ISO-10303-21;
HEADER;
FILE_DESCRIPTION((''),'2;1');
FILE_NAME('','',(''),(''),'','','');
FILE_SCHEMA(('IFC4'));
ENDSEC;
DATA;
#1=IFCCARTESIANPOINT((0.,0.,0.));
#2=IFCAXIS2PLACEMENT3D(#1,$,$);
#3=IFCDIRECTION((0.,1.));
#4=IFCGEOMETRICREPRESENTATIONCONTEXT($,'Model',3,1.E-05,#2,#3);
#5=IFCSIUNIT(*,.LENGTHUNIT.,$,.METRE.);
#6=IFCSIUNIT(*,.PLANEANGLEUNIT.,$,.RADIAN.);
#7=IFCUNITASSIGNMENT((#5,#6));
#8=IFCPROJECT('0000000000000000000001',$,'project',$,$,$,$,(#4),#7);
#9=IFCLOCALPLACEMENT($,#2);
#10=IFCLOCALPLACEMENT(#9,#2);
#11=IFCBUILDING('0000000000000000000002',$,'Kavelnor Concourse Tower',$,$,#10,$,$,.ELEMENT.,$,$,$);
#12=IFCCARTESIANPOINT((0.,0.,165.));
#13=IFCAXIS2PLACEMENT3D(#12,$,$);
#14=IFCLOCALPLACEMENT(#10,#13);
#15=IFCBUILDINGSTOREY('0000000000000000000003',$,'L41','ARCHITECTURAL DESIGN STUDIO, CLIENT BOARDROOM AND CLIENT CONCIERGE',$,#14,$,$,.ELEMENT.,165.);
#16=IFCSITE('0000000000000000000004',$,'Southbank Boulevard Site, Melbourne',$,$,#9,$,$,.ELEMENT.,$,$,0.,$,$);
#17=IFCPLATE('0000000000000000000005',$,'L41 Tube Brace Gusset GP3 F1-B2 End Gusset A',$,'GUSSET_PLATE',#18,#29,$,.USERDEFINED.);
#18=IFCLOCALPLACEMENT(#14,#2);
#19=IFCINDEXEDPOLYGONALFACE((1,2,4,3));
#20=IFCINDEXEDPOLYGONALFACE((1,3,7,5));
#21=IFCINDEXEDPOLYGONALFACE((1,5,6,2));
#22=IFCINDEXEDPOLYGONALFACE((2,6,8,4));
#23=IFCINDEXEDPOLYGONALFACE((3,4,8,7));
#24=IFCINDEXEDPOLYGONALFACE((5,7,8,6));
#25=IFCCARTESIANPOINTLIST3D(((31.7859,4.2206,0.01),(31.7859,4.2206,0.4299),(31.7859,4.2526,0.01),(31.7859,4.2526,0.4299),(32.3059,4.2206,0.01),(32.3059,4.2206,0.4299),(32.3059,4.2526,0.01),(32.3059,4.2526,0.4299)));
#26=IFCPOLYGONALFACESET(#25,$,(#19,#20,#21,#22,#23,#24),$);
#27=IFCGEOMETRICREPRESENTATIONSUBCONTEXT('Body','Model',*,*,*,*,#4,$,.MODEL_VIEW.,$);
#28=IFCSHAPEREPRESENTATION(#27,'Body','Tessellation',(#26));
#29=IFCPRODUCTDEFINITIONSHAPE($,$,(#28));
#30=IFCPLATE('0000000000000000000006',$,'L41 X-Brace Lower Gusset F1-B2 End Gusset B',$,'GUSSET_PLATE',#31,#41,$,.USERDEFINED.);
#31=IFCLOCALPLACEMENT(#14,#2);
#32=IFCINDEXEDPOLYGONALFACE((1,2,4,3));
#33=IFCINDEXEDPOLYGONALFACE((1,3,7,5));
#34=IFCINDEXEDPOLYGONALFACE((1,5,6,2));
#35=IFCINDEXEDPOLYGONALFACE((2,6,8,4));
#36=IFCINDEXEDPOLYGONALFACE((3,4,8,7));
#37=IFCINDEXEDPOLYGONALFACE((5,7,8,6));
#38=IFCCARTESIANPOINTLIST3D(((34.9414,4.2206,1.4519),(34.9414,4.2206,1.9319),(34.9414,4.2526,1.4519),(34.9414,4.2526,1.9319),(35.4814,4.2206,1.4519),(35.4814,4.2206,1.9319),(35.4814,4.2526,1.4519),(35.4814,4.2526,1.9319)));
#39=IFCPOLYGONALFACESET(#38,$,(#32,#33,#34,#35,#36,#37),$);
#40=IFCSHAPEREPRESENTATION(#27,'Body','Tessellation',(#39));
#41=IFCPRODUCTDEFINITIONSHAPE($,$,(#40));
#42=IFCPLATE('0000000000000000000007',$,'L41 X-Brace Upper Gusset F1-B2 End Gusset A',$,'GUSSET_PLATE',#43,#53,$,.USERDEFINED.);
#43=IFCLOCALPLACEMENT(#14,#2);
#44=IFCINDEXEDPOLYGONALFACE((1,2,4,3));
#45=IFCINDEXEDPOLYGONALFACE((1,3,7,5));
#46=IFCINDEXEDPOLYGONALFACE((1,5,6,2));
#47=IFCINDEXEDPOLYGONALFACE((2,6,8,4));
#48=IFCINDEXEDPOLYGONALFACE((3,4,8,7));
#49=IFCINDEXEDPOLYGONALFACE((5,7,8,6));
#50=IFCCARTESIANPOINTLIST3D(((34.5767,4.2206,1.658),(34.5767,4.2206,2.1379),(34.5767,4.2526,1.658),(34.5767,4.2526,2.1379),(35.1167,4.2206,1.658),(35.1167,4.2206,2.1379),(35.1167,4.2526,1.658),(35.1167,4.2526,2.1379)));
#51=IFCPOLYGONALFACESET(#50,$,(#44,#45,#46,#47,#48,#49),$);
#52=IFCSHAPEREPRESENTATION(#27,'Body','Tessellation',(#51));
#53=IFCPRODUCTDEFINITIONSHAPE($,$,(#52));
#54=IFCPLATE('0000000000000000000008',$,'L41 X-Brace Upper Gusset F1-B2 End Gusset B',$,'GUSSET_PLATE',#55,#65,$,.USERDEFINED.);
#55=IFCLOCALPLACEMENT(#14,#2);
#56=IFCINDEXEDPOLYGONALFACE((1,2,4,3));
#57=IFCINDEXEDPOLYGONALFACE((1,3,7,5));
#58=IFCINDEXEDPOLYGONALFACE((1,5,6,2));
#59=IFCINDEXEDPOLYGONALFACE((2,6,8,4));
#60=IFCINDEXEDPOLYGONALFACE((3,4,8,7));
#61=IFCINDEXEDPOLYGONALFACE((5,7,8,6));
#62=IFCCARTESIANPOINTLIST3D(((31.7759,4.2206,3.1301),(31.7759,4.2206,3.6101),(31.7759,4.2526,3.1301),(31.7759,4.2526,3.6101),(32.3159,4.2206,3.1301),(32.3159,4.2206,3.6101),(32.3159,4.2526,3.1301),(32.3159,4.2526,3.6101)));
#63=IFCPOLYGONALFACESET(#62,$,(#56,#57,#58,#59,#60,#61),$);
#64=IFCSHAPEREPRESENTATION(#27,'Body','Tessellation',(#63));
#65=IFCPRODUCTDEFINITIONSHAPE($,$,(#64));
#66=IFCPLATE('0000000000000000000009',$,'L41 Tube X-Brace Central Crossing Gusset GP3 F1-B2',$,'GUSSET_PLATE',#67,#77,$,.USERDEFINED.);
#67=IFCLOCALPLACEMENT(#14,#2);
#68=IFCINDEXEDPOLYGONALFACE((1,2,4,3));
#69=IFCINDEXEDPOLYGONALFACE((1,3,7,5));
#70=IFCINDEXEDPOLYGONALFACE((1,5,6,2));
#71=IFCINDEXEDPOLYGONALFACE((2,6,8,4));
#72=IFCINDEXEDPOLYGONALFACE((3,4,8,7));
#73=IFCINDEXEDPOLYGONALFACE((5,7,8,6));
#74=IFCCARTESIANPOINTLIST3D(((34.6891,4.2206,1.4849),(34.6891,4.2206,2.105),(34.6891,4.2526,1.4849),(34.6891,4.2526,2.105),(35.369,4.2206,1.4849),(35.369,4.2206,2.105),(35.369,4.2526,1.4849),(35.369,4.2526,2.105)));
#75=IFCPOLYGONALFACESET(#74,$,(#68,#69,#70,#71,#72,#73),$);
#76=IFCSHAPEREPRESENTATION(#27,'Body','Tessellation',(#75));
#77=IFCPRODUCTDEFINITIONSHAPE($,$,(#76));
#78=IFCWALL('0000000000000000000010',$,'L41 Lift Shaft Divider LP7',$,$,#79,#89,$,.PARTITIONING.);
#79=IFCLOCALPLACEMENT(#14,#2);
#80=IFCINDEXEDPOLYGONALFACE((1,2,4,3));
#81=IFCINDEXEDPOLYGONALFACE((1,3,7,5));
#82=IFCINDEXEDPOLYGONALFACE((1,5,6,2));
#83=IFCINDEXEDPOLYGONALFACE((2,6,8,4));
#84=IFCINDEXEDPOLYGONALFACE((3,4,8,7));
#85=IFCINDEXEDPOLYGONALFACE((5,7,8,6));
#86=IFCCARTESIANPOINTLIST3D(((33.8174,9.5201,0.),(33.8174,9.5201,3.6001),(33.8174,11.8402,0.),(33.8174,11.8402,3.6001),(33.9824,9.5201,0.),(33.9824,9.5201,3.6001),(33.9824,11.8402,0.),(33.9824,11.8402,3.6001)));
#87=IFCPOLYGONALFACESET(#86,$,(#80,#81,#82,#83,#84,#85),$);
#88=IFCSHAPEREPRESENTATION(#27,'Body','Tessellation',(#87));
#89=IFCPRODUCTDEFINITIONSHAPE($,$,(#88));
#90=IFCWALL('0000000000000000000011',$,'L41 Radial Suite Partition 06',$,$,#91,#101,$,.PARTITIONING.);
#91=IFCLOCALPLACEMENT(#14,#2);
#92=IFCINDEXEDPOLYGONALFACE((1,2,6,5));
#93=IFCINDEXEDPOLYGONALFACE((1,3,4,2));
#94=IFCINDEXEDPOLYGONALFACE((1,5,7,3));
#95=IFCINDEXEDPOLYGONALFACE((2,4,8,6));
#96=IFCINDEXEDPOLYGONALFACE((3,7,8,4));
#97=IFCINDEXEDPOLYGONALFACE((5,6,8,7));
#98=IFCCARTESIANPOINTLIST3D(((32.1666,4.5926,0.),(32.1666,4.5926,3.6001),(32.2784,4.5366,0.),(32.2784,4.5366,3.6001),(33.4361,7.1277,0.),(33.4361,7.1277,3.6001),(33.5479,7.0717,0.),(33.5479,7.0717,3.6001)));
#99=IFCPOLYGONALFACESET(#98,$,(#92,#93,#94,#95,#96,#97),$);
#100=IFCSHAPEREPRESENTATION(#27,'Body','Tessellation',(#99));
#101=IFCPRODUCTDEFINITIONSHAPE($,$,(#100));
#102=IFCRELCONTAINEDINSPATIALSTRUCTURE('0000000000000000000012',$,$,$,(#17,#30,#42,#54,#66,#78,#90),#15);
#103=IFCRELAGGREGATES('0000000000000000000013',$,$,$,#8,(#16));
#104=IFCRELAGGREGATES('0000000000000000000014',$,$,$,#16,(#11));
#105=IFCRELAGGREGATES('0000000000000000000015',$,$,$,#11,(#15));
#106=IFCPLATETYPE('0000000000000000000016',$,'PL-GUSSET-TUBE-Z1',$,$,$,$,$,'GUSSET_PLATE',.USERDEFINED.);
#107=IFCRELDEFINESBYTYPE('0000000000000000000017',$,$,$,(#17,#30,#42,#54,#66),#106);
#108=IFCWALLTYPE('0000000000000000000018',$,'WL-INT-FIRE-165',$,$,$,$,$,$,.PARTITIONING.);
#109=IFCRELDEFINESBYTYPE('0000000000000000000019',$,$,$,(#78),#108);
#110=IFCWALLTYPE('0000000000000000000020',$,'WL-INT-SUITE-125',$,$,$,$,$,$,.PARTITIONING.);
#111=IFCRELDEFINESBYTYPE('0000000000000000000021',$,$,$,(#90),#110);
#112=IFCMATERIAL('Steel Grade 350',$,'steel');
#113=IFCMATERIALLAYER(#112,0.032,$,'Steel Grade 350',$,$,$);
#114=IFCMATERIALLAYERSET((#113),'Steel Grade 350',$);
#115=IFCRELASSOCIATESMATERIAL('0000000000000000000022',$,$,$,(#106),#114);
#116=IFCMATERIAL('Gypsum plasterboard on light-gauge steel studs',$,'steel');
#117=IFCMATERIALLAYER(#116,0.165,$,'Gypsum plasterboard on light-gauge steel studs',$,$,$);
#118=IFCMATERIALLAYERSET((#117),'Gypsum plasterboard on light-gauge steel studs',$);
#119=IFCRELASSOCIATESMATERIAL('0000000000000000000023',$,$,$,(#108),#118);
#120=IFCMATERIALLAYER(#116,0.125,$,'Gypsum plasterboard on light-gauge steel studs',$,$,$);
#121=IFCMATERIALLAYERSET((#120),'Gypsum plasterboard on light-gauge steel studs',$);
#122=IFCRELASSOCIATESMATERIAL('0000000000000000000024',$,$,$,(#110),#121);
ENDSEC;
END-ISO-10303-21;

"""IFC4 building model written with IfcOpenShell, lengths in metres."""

from ifc_helpers import new_model, si_unit, direction, frame, frame_2d, origin, origin_2d, place, context, subcontext, project, spatial, rectangle, extrude, material, layer, layer_set, type_object, element, save


model = new_model("IFC4")

# Units and contexts
model_context = context("Model", 3, precision=1e-05, world=origin(), true_north=direction((0.0, 1.0)))
body_context = subcontext(model_context, "Body", "Model", "MODEL_VIEW")
ifc_project = project(units=[si_unit("LENGTHUNIT", "METRE"), si_unit("PLANEANGLEUNIT", "RADIAN")], contexts=[model_context])

# Site, building, storey
site_placement = place(None, origin())
site = spatial("IfcSite", under=ifc_project, at=site_placement, Name="Southbank Boulevard Site, Melbourne", CompositionType="ELEMENT", RefElevation=0.0)
building_placement = place(site_placement, origin())
building = spatial("IfcBuilding", under=site, at=building_placement, Name="Kavelnor Concourse Tower", CompositionType="ELEMENT")
storey_placement = place(building_placement, frame((0.0, 0.0, 165.0)))
storey = spatial("IfcBuildingStorey", under=building, at=storey_placement, Name="L41", Description="ARCHITECTURAL DESIGN STUDIO, CLIENT BOARDROOM AND CLIENT CONCIERGE", CompositionType="ELEMENT", Elevation=165.0)

# Shared definitions
ifc_material_1 = material(Name="Steel Grade 350", Category="steel")

# Plates
ifc_layer_1 = layer(ifc_material_1, 0.032, Name="Steel Grade 350")
ifc_layer_set_1 = layer_set([ifc_layer_1], Name="Steel Grade 350")
plate_type = type_object("IfcPlateType", Name="PL-GUSSET-TUBE-Z1", ElementType="GUSSET_PLATE", PredefinedType="USERDEFINED", material=ifc_layer_set_1)
plate_1_placement = place(storey_placement, frame((32.0459, 4.2366, 0.01), z_axis=(0.0, 0.0, 1.0), x_axis=(1.0, 0.0, 0.0)))
element("IfcPlate", 1, at=plate_1_placement, inside=storey, type_object=plate_type, Name="L41 Tube Brace Gusset GP3 F1-B2 End Gusset A", ObjectType="GUSSET_PLATE", PredefinedType="USERDEFINED", context=body_context, shape_type="SweptSolid", body=[
    extrude(rectangle(XDim=0.52, YDim=0.032, at=origin_2d()), origin(), (0.0, 0.0, 1.0), 0.4199),
])
for number, where, z_axis, x_axis, name in (
    (2, (35.2114, 4.2366, 1.4519), (0.0, 0.0, 1.0), (-1.0, 0.0, 0.0), "L41 X-Brace Lower Gusset F1-B2 End Gusset B"),
    (3, (34.8467, 4.2366, 1.658), (0.0, 0.0, 1.0), (-1.0, 0.0, 0.0), "L41 X-Brace Upper Gusset F1-B2 End Gusset A"),
    (4, (32.0459, 4.2366, 3.1301), (0.0, 0.0, 1.0), (-1.0, 0.0, 0.0), "L41 X-Brace Upper Gusset F1-B2 End Gusset B"),
):
    element("IfcPlate", number, at=place(storey_placement, frame(where, z_axis=z_axis, x_axis=x_axis)), inside=storey, type_object=plate_type, Name=name, ObjectType="GUSSET_PLATE", PredefinedType="USERDEFINED", context=body_context, shape_type="SweptSolid", body=[
        extrude(rectangle(XDim=0.54, YDim=0.032, at=origin_2d()), origin(), (0.0, 0.0, 1.0), 0.48),
    ])
plate_2_placement = place(storey_placement, frame((35.0291, 4.2366, 1.4849), z_axis=(0.0, 0.0, 1.0), x_axis=(-1.0, 0.0, 0.0)))
element("IfcPlate", 5, at=plate_2_placement, inside=storey, type_object=plate_type, Name="L41 Tube X-Brace Central Crossing Gusset GP3 F1-B2", ObjectType="GUSSET_PLATE", PredefinedType="USERDEFINED", context=body_context, shape_type="SweptSolid", body=[
    extrude(rectangle(XDim=0.6799, YDim=0.032, at=origin_2d()), origin(), (0.0, 0.0, 1.0), 0.6201),
])

# Walls
ifc_material_2 = material(Name="Gypsum plasterboard on light-gauge steel studs", Category="steel")
ifc_layer_2 = layer(ifc_material_2, 0.165, Name="Gypsum plasterboard on light-gauge steel studs")
ifc_layer_set_2 = layer_set([ifc_layer_2], Name="Gypsum plasterboard on light-gauge steel studs")
wall_type_1 = type_object("IfcWallType", Name="WL-INT-FIRE-165", PredefinedType="PARTITIONING", material=ifc_layer_set_2)
wall_1_placement = place(storey_placement, frame((33.8999, 9.52, 0.0), z_axis=(0.0, 0.0, 1.0), x_axis=(0.0, 1.0, 0.0)))
element("IfcWall", 6, at=wall_1_placement, inside=storey, type_object=wall_type_1, Name="L41 Lift Shaft Divider LP7", PredefinedType="PARTITIONING", context=body_context, shape_type="SweptSolid", body=[
    extrude(rectangle(XDim=2.3201, YDim=0.165, at=frame_2d((1.1602, 0.0))), origin(), (0.0, 0.0, 1.0), 3.6001),
])
ifc_layer_3 = layer(ifc_material_2, 0.125, Name="Gypsum plasterboard on light-gauge steel studs")
ifc_layer_set_3 = layer_set([ifc_layer_3], Name="Gypsum plasterboard on light-gauge steel studs")
wall_type_2 = type_object("IfcWallType", Name="WL-INT-SUITE-125", PredefinedType="PARTITIONING", material=ifc_layer_set_3)
wall_2_placement = place(storey_placement, frame((33.4919, 7.0996, 0.0), z_axis=(0.0, 0.0, 1.0), x_axis=(-0.447765, -0.894151, 0.0)))
element("IfcWall", 7, at=wall_2_placement, inside=storey, type_object=wall_type_2, Name="L41 Radial Suite Partition 06", PredefinedType="PARTITIONING", context=body_context, shape_type="SweptSolid", body=[
    extrude(rectangle(XDim=2.8352, YDim=0.125, at=frame_2d((1.4175, 0.0))), origin(), (0.0, 0.0, 1.0), 3.6001),
])

save(model, "model.ifc")
